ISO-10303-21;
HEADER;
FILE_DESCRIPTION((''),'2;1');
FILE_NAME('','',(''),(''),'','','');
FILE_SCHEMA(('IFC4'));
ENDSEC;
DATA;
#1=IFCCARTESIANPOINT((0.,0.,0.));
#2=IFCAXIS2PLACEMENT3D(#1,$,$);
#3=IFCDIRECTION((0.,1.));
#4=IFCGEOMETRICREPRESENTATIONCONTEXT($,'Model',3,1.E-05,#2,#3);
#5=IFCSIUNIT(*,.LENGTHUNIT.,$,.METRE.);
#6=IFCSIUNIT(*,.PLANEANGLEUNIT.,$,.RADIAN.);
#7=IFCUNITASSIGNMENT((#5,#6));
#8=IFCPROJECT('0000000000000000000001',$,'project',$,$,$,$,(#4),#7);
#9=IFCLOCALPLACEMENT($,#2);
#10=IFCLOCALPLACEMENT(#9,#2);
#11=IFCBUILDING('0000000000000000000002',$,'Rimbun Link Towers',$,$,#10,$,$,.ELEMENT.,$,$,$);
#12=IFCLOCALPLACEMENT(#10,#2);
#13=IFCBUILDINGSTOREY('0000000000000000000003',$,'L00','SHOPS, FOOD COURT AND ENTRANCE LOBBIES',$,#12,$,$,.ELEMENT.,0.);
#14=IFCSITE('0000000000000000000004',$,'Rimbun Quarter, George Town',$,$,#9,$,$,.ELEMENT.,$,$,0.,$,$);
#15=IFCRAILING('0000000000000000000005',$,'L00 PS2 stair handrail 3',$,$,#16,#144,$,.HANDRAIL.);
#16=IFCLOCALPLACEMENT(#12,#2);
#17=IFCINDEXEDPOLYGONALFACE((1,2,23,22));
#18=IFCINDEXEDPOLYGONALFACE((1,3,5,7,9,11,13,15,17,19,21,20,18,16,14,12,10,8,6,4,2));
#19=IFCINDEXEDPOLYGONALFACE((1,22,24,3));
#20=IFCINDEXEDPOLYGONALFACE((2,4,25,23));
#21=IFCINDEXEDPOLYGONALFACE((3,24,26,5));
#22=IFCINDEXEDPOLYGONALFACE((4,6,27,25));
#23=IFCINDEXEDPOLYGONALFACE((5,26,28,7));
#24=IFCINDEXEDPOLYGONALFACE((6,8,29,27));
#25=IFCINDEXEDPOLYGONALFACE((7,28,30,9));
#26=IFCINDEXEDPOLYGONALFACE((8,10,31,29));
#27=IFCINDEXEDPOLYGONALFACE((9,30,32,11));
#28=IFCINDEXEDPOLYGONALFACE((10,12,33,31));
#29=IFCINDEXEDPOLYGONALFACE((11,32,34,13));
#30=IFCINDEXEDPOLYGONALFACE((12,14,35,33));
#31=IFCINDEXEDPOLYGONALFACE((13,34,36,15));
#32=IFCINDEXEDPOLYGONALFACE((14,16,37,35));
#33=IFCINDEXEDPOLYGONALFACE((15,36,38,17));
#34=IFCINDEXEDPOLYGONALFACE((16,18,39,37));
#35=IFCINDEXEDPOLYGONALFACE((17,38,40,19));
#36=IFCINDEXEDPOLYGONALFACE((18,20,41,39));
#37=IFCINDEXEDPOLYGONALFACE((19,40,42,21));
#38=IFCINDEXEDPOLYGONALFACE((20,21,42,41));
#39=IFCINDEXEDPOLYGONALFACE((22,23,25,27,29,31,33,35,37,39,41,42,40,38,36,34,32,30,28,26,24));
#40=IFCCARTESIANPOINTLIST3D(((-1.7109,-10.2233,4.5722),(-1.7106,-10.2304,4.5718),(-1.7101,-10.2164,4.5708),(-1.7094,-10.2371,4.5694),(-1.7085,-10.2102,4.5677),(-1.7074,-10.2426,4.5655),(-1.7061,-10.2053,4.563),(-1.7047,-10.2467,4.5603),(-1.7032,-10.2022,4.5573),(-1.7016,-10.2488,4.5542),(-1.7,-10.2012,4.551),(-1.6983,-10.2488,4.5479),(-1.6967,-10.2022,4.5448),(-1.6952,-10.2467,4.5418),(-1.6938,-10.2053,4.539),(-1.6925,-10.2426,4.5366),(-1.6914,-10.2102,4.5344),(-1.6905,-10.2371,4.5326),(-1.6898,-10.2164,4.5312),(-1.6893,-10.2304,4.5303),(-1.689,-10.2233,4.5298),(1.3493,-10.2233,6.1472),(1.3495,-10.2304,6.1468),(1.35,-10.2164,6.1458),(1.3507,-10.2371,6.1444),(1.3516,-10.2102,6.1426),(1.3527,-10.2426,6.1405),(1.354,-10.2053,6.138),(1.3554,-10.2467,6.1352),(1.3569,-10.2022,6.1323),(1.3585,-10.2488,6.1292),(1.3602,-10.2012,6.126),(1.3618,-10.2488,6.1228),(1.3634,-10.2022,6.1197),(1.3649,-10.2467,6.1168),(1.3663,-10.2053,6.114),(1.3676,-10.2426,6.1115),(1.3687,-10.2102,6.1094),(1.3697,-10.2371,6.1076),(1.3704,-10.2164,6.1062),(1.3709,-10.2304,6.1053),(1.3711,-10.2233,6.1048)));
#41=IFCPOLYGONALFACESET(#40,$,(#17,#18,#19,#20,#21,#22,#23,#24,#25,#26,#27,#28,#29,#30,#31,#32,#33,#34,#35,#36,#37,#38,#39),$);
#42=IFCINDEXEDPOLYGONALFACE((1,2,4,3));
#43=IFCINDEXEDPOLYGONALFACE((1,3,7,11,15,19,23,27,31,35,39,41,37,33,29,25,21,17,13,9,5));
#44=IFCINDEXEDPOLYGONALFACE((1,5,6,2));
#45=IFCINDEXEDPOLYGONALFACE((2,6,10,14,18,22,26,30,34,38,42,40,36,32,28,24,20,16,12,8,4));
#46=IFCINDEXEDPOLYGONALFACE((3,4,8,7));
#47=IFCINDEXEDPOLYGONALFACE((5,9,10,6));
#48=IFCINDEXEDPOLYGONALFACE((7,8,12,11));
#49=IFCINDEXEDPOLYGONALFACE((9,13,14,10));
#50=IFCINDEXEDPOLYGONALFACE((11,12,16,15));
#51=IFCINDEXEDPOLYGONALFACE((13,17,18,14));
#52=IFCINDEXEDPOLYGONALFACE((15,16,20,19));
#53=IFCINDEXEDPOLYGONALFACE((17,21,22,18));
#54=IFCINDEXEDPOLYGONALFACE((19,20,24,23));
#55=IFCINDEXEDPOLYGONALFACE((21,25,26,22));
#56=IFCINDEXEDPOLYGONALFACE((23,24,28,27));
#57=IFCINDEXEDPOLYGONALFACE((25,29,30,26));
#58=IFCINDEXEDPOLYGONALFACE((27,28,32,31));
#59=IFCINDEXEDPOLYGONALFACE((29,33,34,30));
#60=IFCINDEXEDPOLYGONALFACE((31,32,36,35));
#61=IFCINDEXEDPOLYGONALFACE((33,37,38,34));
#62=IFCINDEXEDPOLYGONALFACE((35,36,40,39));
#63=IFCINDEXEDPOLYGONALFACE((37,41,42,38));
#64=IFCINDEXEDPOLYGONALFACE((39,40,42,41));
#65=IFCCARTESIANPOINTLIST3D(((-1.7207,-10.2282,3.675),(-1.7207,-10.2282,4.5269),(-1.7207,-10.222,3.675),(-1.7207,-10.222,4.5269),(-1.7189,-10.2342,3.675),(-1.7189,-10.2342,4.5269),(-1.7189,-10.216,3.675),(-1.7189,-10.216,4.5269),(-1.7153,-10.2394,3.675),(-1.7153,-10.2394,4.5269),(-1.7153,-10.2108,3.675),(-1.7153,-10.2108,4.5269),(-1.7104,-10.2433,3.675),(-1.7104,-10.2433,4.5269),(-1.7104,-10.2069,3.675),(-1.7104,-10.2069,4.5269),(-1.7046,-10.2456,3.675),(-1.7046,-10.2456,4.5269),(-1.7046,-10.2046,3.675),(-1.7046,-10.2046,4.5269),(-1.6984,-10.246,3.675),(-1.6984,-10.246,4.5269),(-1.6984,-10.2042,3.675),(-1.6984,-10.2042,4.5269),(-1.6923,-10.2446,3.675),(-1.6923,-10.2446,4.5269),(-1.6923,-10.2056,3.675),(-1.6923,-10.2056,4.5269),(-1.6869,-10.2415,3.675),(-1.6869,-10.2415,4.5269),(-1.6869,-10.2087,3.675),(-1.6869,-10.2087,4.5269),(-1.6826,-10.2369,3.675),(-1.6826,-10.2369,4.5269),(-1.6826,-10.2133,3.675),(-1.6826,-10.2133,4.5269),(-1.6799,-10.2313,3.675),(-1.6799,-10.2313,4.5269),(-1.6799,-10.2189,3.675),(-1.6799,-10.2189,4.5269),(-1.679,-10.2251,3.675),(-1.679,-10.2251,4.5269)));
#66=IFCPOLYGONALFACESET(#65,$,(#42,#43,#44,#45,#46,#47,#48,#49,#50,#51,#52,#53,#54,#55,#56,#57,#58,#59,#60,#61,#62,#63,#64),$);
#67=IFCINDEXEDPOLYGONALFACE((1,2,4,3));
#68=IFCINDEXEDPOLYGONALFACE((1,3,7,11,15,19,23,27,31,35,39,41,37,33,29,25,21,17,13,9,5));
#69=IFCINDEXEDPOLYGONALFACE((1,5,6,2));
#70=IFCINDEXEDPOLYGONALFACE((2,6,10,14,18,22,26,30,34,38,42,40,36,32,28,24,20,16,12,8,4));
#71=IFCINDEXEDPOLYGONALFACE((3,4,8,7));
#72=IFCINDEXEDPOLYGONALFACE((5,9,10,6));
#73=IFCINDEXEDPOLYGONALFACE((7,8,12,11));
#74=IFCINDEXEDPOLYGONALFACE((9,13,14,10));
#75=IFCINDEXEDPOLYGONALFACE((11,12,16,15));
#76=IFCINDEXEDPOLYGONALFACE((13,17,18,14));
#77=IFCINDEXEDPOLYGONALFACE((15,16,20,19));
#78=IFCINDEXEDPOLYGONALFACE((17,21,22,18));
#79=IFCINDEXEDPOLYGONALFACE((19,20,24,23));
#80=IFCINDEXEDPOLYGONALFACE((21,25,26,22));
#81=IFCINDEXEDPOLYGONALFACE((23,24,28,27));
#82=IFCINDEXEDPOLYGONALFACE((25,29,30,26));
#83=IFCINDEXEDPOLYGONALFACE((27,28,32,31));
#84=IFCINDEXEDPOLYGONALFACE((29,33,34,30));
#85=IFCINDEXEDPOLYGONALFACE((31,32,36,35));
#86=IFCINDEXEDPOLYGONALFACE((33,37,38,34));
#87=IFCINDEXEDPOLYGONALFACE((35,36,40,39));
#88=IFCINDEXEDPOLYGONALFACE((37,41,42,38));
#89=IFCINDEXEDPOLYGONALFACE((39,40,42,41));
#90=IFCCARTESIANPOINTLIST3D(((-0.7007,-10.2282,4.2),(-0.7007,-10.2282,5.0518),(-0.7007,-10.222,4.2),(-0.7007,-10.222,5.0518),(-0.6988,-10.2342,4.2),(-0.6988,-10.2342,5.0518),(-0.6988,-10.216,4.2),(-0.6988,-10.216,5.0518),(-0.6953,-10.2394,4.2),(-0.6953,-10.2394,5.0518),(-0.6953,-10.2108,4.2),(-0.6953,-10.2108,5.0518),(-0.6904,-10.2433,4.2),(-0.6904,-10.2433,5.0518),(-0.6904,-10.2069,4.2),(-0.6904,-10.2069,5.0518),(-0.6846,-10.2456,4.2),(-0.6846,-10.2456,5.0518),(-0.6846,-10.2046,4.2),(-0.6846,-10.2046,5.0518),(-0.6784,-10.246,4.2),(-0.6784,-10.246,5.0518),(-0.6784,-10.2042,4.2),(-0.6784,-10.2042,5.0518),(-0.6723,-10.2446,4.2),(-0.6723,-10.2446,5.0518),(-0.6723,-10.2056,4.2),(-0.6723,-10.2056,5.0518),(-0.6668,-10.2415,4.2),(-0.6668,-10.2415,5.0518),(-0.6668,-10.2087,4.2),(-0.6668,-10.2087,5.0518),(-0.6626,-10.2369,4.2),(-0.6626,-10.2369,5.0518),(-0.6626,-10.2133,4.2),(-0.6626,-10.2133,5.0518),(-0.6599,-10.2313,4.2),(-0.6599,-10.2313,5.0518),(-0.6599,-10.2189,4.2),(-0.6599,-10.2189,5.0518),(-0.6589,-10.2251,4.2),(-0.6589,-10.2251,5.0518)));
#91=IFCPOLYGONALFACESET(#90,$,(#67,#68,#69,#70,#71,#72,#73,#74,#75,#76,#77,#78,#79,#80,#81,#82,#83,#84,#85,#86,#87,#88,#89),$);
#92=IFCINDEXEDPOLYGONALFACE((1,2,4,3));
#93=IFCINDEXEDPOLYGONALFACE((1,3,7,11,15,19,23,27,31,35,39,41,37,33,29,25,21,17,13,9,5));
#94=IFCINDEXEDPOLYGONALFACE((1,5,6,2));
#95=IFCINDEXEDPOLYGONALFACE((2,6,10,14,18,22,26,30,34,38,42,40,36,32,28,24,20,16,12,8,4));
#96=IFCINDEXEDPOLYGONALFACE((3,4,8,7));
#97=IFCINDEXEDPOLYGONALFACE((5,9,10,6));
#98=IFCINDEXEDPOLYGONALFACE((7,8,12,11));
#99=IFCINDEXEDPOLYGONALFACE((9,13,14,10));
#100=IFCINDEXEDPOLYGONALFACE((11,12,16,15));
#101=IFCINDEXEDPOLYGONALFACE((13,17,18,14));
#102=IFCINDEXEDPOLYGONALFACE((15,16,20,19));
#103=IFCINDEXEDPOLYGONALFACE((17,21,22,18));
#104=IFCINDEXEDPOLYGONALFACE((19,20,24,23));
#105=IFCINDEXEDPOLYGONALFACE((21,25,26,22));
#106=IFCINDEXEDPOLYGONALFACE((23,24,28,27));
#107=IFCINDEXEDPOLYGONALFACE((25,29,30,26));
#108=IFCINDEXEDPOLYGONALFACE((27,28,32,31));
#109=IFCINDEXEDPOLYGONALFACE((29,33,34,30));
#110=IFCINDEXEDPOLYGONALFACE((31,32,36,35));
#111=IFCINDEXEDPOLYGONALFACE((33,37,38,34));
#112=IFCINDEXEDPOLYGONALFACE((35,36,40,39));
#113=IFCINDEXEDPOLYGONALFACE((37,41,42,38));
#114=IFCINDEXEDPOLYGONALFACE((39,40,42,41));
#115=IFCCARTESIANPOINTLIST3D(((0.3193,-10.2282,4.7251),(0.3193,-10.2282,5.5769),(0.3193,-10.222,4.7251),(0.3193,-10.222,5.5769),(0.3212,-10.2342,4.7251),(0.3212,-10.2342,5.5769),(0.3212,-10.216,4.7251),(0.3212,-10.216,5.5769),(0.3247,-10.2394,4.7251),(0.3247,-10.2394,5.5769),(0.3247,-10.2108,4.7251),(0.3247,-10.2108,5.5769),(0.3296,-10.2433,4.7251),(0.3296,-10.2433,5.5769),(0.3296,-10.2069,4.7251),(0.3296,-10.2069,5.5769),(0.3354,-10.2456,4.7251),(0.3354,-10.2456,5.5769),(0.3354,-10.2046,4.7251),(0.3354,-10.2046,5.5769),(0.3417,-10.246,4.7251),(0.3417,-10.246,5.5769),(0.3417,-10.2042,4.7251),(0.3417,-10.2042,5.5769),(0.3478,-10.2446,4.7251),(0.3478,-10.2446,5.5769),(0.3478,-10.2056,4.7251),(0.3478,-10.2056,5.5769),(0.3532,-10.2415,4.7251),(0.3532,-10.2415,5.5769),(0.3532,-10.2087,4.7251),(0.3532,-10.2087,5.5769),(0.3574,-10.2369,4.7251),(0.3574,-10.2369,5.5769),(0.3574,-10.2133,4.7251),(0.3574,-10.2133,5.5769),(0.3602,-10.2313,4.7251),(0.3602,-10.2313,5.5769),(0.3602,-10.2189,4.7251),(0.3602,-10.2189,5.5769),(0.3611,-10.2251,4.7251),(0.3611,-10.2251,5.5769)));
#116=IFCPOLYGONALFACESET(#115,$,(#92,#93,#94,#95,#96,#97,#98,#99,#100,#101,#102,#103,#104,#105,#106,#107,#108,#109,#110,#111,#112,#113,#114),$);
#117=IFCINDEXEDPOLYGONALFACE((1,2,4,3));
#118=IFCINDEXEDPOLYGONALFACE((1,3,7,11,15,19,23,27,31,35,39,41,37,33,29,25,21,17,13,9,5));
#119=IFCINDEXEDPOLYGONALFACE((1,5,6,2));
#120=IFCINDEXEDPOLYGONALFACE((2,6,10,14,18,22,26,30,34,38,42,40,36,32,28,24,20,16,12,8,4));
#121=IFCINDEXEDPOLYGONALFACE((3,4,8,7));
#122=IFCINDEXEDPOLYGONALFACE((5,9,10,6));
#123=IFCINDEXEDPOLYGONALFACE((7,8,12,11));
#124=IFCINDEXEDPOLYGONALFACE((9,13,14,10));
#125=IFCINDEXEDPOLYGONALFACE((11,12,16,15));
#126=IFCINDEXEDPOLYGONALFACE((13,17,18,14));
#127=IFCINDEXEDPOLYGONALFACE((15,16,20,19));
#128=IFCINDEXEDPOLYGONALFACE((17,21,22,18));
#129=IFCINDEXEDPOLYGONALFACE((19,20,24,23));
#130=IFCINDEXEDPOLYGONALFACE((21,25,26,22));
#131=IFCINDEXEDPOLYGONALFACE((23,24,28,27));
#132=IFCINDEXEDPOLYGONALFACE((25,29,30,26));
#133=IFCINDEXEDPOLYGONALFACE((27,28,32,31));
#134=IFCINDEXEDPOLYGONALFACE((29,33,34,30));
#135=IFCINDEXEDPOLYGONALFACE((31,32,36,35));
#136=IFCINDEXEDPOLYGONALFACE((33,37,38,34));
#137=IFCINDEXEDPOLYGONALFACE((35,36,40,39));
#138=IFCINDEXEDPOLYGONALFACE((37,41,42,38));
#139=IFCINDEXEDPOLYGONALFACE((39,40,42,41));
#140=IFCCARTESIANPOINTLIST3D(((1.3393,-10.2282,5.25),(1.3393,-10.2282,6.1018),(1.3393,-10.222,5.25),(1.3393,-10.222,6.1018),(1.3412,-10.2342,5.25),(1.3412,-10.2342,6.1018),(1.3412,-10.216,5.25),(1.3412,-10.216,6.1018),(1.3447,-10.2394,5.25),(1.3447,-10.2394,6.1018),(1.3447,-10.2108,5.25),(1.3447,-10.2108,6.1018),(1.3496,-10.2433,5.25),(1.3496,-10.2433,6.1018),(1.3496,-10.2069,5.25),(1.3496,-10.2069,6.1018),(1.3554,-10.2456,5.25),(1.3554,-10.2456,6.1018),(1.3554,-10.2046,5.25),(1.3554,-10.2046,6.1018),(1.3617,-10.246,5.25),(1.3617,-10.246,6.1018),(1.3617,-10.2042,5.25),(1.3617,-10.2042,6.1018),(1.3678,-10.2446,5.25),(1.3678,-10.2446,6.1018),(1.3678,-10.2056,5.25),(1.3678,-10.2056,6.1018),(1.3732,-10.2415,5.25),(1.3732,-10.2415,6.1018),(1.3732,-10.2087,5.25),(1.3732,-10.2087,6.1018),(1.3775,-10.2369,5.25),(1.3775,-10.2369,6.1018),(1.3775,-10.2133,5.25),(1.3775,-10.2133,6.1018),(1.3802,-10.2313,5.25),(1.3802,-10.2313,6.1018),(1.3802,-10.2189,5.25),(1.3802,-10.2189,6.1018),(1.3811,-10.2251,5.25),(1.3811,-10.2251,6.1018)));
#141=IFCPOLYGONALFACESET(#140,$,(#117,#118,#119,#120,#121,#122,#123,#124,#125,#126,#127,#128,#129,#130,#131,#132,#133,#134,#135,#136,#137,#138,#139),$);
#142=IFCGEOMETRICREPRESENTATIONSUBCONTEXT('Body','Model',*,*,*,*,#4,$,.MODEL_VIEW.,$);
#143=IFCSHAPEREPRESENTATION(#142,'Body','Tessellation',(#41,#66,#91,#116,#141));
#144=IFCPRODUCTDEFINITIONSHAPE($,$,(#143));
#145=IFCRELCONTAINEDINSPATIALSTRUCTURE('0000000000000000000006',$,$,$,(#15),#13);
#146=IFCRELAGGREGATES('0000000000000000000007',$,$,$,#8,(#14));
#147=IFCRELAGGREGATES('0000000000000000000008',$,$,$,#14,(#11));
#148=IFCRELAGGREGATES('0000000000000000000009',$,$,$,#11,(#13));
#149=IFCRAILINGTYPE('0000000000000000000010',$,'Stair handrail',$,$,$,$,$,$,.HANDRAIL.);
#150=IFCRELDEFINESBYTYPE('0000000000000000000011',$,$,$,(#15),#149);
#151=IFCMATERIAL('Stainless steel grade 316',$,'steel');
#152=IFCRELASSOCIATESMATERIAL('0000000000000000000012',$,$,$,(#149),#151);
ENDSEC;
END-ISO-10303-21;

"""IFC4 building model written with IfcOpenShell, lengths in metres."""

from ifc_helpers import new_model, si_unit, direction, frame, origin, origin_2d, place, context, subcontext, project, spatial, circle, extrude, material, type_object, element, save


model = new_model("IFC4")

# Units and contexts
model_context = context("Model", 3, precision=1e-05, world=origin(), true_north=direction((0.0, 1.0)))
body_context = subcontext(model_context, "Body", "Model", "MODEL_VIEW")
ifc_project = project(units=[si_unit("LENGTHUNIT", "METRE"), si_unit("PLANEANGLEUNIT", "RADIAN")], contexts=[model_context])

# Site, building, storey
site_placement = place(None, origin())
site = spatial("IfcSite", under=ifc_project, at=site_placement, Name="Rimbun Quarter, George Town", CompositionType="ELEMENT", RefElevation=0.0)
building_placement = place(site_placement, origin())
building = spatial("IfcBuilding", under=site, at=building_placement, Name="Rimbun Link Towers", CompositionType="ELEMENT")
storey_placement = place(building_placement, origin())
storey = spatial("IfcBuildingStorey", under=building, at=storey_placement, Name="L00", Description="SHOPS, FOOD COURT AND ENTRANCE LOBBIES", CompositionType="ELEMENT", Elevation=0.0)

# Railing
ifc_material_1 = material(Name="Stainless steel grade 316", Category="steel")
railing_type_1 = type_object("IfcRailingType", Name="Stair handrail", PredefinedType="HANDRAIL", material=ifc_material_1)
for number, where, name in (
    (1, (-1.7, -10.2251, 3.675), "L00 PS2 stair handrail 3"),
):
    element("IfcRailing", number, at=place(storey_placement, frame(where)), inside=storey, type_object=railing_type_1, Name=name, PredefinedType="HANDRAIL", context=body_context, shape_type="SweptSolid", body=[
        extrude(circle(Radius=0.0239, at=origin_2d()), frame((0.0, 0.0, 0.876), z_axis=(0.889145, 0.0, 0.457625), x_axis=(0.0, 1.0, 0.0)), (0.0, 0.0, 1.0), 3.4417),
        extrude(circle(Radius=0.021, at=origin_2d()), origin(), (0.0, 0.0, 1.0), 0.8518),
        extrude(circle(Radius=0.021, at=origin_2d()), frame((1.02, 0.0, 0.5249)), (0.0, 0.0, 1.0), 0.8518),
        extrude(circle(Radius=0.021, at=origin_2d()), frame((2.04, 0.0, 1.05)), (0.0, 0.0, 1.0), 0.8518),
        extrude(circle(Radius=0.021, at=origin_2d()), frame((3.0601, 0.0, 1.575)), (0.0, 0.0, 1.0), 0.8518),
    ])

save(model, "model.ifc")
